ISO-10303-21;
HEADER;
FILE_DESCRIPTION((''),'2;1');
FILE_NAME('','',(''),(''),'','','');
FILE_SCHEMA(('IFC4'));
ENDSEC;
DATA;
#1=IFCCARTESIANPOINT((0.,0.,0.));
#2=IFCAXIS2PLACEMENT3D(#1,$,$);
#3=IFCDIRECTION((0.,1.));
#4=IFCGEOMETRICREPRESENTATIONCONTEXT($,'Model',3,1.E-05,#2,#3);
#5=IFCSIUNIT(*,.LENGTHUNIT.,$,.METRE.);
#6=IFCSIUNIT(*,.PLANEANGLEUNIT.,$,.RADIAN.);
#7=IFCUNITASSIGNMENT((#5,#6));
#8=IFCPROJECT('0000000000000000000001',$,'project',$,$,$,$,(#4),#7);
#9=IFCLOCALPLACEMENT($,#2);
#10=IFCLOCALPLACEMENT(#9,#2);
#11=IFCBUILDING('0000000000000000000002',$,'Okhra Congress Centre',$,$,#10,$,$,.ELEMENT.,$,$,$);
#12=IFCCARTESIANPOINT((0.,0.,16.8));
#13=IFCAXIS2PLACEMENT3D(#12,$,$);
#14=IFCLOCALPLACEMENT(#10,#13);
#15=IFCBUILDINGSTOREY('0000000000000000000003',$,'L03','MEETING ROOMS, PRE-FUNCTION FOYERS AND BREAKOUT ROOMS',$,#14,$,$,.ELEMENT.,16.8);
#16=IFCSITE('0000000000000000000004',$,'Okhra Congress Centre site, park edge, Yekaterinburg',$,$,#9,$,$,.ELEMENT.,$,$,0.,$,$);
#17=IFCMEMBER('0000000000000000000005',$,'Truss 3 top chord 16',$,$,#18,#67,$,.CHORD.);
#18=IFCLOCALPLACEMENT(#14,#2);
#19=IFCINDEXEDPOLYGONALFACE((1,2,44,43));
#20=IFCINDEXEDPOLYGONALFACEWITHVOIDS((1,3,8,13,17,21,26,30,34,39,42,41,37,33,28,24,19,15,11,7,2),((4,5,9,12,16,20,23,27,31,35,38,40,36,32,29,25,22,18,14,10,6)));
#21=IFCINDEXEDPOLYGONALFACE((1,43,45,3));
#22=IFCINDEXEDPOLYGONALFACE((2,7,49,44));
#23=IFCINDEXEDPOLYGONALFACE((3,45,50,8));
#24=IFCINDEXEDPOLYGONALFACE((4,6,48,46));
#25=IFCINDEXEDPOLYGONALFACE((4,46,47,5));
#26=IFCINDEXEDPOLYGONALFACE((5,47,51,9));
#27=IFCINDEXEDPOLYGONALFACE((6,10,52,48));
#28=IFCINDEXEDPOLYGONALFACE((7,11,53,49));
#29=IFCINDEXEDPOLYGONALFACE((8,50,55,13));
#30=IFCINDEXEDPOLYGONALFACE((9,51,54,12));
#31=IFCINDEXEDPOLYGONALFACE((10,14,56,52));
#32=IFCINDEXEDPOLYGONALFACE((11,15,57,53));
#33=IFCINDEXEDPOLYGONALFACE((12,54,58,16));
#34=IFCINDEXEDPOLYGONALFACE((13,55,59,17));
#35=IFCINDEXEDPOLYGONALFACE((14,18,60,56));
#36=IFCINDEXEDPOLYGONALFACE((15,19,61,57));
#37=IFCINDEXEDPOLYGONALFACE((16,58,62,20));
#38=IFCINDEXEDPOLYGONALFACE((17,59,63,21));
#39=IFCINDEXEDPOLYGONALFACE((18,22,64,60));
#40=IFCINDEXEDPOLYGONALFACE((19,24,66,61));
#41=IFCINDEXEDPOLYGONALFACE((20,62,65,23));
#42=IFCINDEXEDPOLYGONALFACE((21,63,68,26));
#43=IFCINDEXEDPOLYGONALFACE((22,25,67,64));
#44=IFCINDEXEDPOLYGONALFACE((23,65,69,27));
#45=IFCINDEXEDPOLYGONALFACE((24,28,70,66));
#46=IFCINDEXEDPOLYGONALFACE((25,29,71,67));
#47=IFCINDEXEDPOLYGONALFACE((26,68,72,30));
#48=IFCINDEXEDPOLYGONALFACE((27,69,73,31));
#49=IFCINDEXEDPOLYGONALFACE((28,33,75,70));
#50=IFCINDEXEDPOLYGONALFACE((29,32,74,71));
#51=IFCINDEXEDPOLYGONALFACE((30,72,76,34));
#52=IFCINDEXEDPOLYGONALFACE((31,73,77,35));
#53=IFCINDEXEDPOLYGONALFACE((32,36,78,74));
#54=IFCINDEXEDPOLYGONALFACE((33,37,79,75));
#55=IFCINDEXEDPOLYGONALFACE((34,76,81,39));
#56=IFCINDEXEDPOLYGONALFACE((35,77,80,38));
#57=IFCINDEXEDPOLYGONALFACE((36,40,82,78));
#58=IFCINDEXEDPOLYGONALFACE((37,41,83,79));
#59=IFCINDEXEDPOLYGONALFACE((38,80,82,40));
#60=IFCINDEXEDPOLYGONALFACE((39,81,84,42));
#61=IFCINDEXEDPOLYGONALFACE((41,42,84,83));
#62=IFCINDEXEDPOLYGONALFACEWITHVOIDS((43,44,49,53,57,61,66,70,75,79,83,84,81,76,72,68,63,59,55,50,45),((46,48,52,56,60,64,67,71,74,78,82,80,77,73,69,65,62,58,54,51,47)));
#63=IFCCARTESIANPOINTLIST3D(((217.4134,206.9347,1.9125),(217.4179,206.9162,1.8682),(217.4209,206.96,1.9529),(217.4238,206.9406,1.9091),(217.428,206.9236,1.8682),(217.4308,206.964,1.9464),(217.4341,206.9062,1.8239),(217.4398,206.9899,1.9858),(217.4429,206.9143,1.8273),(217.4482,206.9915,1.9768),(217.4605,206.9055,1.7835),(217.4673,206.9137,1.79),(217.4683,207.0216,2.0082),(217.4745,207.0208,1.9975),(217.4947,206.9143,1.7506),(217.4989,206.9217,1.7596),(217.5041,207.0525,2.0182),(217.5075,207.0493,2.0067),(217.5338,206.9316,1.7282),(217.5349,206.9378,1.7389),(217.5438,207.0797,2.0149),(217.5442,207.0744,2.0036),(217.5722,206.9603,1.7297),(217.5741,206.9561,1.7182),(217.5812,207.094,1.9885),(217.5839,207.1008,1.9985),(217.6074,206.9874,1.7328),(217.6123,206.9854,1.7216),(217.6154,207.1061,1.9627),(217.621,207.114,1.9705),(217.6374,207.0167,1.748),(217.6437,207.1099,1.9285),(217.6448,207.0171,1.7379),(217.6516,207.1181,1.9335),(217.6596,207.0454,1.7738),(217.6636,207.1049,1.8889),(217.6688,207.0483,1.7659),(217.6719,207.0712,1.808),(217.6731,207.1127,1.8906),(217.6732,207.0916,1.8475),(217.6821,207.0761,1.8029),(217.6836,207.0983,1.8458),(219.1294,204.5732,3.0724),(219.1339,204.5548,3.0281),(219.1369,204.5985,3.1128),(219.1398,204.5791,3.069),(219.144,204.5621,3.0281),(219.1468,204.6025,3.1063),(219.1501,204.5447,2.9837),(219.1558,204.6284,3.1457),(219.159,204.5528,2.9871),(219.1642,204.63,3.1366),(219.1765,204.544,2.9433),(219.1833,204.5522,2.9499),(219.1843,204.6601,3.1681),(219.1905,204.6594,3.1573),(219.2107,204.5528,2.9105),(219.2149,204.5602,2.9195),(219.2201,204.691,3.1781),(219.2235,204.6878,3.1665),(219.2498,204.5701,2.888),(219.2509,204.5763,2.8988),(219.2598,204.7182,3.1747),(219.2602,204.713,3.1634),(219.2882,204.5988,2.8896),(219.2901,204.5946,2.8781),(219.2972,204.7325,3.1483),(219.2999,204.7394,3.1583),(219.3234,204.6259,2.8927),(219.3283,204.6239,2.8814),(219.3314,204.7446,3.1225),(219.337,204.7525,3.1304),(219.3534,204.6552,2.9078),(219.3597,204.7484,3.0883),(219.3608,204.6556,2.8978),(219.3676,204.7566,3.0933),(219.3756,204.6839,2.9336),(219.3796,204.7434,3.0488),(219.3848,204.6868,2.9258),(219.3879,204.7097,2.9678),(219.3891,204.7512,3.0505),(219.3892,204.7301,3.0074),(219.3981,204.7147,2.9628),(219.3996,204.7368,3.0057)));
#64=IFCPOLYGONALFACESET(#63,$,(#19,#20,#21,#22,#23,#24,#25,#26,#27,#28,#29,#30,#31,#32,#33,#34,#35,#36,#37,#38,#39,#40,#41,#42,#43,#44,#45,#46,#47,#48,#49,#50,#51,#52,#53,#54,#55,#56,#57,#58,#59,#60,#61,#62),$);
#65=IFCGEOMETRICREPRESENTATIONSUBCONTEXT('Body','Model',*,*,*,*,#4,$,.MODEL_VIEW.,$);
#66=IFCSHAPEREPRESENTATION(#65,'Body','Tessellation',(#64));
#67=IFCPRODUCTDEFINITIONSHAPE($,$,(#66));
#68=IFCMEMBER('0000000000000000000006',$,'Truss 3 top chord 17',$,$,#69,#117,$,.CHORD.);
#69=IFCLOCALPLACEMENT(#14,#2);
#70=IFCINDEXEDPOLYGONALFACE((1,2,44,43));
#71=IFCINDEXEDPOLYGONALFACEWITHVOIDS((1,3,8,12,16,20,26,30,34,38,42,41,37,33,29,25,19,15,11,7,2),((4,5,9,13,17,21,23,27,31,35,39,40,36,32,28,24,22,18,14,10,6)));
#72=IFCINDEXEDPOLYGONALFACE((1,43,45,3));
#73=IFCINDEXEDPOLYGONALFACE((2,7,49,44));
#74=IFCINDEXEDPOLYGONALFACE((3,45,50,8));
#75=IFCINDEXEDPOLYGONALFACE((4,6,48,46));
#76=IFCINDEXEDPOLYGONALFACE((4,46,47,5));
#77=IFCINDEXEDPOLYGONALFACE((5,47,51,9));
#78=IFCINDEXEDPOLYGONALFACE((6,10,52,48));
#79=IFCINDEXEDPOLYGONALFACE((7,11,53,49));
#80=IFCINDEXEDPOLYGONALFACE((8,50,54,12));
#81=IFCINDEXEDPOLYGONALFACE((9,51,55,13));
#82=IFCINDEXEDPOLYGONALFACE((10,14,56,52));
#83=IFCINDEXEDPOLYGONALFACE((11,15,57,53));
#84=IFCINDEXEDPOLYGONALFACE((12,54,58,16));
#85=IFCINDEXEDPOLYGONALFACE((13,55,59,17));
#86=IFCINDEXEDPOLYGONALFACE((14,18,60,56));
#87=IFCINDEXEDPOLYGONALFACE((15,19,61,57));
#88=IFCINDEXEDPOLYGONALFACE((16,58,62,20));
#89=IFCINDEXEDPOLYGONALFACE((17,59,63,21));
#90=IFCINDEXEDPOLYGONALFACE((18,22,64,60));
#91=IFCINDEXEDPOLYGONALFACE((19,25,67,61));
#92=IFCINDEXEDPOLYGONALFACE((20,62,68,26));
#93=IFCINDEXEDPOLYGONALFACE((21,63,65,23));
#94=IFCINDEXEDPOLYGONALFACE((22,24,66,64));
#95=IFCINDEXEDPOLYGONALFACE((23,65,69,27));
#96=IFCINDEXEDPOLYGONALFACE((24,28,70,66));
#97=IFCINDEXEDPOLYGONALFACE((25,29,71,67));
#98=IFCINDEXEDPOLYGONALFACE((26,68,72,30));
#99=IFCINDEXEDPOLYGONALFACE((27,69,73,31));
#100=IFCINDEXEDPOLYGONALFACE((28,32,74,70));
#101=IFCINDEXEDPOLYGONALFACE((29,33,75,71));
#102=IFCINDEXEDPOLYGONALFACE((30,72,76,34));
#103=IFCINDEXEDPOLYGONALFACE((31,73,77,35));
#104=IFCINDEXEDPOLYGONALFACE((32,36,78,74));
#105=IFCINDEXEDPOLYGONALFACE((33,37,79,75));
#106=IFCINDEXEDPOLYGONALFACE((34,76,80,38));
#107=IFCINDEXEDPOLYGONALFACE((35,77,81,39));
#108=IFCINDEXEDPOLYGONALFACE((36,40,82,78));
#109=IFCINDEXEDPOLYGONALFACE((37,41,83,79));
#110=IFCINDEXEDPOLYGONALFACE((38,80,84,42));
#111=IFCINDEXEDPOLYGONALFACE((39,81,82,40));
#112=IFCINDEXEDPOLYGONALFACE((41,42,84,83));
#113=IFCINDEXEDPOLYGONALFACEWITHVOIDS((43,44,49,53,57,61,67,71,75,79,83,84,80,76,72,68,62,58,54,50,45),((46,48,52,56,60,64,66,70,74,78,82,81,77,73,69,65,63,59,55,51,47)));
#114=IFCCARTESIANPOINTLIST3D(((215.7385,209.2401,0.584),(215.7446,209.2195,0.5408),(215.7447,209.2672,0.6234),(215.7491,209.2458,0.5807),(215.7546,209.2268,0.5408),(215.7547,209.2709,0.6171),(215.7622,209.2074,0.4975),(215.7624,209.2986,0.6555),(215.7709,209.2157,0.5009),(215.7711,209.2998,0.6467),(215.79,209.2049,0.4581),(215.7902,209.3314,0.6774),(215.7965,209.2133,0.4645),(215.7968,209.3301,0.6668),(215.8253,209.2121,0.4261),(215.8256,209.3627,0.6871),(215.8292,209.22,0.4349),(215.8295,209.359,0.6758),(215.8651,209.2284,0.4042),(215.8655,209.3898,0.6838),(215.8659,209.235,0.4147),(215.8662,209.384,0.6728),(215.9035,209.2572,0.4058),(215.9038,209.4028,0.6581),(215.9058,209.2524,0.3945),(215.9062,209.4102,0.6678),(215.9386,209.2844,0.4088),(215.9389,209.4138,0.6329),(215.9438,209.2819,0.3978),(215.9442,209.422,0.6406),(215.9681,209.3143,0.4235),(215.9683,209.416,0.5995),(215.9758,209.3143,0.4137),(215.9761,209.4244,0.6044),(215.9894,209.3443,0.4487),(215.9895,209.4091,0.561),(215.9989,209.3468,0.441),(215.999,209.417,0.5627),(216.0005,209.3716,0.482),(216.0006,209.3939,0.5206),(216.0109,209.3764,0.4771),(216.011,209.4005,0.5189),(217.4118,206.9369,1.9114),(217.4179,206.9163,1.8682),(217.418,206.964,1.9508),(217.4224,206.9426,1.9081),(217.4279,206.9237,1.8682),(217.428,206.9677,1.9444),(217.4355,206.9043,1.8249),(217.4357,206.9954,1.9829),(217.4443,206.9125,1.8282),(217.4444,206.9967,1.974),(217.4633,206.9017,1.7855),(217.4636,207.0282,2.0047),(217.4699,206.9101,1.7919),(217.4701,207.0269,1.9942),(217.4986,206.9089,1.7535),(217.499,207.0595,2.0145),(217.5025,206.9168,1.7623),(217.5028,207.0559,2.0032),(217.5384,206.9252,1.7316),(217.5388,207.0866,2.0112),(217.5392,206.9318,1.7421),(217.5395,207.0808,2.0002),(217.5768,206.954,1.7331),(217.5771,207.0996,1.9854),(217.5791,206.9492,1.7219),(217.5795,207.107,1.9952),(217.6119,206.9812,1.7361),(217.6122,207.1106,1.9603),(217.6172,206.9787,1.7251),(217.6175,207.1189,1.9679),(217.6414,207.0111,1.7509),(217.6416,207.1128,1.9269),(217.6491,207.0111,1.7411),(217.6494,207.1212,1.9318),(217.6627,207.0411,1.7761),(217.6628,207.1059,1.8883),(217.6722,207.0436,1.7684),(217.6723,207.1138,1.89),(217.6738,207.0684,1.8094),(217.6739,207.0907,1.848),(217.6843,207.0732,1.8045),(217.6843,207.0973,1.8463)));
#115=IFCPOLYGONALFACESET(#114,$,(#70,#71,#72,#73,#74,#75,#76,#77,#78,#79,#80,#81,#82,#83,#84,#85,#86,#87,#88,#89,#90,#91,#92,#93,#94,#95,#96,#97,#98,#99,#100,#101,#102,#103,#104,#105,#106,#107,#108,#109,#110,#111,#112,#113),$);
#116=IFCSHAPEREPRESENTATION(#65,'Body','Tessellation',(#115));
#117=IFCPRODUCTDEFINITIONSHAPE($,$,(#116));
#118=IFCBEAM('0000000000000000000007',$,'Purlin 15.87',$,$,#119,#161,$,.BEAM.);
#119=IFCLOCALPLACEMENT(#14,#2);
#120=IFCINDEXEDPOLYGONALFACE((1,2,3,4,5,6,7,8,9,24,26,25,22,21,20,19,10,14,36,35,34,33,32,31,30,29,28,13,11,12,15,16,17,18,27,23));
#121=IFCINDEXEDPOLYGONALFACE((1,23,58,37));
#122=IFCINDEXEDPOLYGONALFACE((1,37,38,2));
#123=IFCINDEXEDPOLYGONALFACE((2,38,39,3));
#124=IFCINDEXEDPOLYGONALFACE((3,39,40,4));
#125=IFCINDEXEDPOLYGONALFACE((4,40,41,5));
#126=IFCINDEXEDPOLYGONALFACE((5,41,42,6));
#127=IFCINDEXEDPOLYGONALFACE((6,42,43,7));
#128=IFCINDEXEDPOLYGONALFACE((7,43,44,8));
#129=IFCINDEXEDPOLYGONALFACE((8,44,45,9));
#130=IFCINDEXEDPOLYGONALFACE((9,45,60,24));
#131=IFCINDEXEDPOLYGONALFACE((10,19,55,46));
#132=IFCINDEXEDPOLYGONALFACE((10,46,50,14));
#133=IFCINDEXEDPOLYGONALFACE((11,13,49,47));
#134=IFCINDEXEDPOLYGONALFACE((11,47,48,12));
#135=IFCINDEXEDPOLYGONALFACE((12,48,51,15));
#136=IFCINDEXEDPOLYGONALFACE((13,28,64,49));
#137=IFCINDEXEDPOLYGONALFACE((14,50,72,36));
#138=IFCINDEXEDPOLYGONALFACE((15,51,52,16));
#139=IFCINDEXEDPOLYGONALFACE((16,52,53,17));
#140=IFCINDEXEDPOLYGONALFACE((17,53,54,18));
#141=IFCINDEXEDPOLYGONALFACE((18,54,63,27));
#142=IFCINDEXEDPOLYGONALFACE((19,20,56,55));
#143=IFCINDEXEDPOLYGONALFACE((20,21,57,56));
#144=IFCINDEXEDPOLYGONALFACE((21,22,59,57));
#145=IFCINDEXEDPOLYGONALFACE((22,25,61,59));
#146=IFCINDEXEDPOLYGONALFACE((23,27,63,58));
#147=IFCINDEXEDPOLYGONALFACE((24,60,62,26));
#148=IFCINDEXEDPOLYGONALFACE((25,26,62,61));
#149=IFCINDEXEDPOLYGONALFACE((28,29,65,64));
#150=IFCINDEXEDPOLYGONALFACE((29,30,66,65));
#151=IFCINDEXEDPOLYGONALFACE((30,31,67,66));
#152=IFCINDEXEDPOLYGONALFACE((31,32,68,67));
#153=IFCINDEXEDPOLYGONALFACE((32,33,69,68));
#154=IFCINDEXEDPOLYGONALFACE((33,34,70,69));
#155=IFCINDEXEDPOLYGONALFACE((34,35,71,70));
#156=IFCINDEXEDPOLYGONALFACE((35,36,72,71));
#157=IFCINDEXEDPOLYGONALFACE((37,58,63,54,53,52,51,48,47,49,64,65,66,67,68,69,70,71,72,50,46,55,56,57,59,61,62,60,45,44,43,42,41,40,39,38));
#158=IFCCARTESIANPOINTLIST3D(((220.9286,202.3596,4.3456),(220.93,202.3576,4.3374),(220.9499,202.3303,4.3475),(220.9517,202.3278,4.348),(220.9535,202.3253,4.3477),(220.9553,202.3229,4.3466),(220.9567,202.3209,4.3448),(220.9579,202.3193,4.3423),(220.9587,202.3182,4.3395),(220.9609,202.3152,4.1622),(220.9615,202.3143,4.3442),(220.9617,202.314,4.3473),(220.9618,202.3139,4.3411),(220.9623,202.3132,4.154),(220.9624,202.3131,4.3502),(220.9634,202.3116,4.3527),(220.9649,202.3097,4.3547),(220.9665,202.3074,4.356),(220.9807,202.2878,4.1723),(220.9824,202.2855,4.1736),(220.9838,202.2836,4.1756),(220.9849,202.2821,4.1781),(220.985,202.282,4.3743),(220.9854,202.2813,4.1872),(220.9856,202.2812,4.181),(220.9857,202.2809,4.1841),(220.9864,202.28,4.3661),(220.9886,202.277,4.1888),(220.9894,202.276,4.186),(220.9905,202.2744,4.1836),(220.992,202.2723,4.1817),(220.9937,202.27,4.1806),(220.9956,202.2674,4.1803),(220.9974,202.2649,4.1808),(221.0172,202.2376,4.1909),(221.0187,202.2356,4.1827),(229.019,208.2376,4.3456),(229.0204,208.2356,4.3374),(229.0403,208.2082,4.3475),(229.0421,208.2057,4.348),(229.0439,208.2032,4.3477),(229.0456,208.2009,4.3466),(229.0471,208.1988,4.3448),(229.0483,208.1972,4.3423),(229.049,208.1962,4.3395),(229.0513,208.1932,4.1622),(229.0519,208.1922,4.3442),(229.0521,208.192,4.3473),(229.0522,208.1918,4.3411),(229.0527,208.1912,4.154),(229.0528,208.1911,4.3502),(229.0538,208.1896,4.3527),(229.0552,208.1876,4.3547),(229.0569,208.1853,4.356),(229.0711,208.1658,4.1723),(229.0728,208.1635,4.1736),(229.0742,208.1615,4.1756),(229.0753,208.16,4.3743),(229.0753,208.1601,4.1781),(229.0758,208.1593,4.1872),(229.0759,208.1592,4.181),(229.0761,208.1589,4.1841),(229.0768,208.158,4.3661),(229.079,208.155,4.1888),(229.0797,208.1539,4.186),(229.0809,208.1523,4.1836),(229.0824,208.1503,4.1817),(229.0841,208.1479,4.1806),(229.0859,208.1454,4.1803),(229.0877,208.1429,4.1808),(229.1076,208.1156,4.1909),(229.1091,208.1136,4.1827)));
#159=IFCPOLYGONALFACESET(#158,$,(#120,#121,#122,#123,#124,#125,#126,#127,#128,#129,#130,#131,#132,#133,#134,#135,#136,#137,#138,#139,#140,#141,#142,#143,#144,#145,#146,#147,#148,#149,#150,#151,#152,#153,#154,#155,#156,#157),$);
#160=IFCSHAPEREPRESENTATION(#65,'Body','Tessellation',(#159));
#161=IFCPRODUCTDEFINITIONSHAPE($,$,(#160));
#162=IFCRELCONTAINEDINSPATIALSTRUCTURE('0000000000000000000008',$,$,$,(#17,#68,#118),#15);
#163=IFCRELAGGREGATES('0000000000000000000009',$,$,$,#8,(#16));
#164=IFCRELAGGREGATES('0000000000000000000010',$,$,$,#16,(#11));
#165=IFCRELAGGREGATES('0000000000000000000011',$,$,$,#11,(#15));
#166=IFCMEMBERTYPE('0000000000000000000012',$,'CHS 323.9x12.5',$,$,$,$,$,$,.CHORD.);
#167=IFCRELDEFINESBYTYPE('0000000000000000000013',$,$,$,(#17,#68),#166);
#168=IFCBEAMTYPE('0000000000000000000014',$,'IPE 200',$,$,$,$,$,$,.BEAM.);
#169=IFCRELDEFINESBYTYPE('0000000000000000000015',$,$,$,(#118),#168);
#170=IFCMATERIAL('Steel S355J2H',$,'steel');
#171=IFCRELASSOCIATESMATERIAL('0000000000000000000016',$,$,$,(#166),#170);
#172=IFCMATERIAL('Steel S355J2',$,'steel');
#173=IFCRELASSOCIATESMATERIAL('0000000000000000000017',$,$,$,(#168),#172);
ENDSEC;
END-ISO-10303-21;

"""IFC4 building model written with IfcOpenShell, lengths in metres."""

from ifc_helpers import new_model, si_unit, direction, frame, origin, origin_2d, place, context, subcontext, project, spatial, hollow_circle, i_section, extrude, material, material_profile, profile_set, type_object, element, save


model = new_model("IFC4")

# Units and contexts
model_context = context("Model", 3, precision=1e-05, world=origin(), true_north=direction((0.0, 1.0)))
body_context = subcontext(model_context, "Body", "Model", "MODEL_VIEW")
ifc_project = project(units=[si_unit("LENGTHUNIT", "METRE"), si_unit("PLANEANGLEUNIT", "RADIAN")], contexts=[model_context])

# Site, building, storey
site_placement = place(None, origin())
site = spatial("IfcSite", under=ifc_project, at=site_placement, Name="Okhra Congress Centre site, park edge, Yekaterinburg", CompositionType="ELEMENT", RefElevation=0.0)
building_placement = place(site_placement, origin())
building = spatial("IfcBuilding", under=site, at=building_placement, Name="Okhra Congress Centre", CompositionType="ELEMENT")
storey_placement = place(building_placement, frame((0.0, 0.0, 16.8)))
storey = spatial("IfcBuildingStorey", under=building, at=storey_placement, Name="L03", Description="MEETING ROOMS, PRE-FUNCTION FOYERS AND BREAKOUT ROOMS", CompositionType="ELEMENT", Elevation=16.8)

# Members
ifc_material_1 = material(Name="Steel S355J2H", Category="steel")
ifc_material_profile_1 = material_profile(ifc_material_1, hollow_circle(Radius=0.1619, WallThickness=0.0125, at=origin_2d()), Name="CHS 323.9x12.5")
ifc_profile_set_1 = profile_set([ifc_material_profile_1], Name="Steel S355J2H")
member_type_1 = type_object("IfcMemberType", Name="CHS 323.9x12.5", PredefinedType="CHORD", material=ifc_profile_set_1)
for number, where, z_axis, x_axis, name in (
    (1, (219.2649, 204.6499, 3.0281), (-0.546304, 0.7518, -0.369255), (-0.808971, -0.587848, 0.0), "Truss 3 top chord 16"),
    (2, (217.5488, 207.0115, 1.8682), (-0.532714, 0.73324, -0.422581), (-0.809025, -0.587774, 0.0), "Truss 3 top chord 17"),
):
    element("IfcMember", number, at=place(storey_placement, frame(where, z_axis=z_axis, x_axis=x_axis)), inside=storey, type_object=member_type_1, Name=name, PredefinedType="CHORD", context=body_context, shape_type="SweptSolid", body=[
        extrude(hollow_circle(Radius=0.1619, WallThickness=0.0125, at=origin_2d()), origin(), (0.0, 0.0, 1.0), 3.1411),
    ])

# Beam
ifc_material_2 = material(Name="Steel S355J2", Category="steel")
ifc_material_profile_2 = material_profile(ifc_material_2, i_section(OverallWidth=0.1001, OverallDepth=0.2, WebThickness=0.0056, FlangeThickness=0.0085, FilletRadius=0.012, at=origin_2d()), Name="IPE 200")
ifc_profile_set_2 = profile_set([ifc_material_profile_2], Name="Steel S355J2")
beam_type = type_object("IfcBeamType", Name="IPE 200", PredefinedType="BEAM", material=ifc_profile_set_2)
beam_1_placement = place(storey_placement, frame((220.9736, 202.2976, 4.2642), z_axis=(0.809019, 0.587783, 0.0), x_axis=(-0.56309, 0.775032, -0.286803)))
element("IfcBeam", 3, at=beam_1_placement, inside=storey, type_object=beam_type, Name="Purlin 15.87", PredefinedType="BEAM", context=body_context, shape_type="SweptSolid", body=[
    extrude(i_section(OverallWidth=0.1001, OverallDepth=0.2, WebThickness=0.0056, FlangeThickness=0.0085, FilletRadius=0.012, at=origin_2d()), origin(), (0.0, 0.0, 1.0), 10.0002),
])

save(model, "model.ifc")
